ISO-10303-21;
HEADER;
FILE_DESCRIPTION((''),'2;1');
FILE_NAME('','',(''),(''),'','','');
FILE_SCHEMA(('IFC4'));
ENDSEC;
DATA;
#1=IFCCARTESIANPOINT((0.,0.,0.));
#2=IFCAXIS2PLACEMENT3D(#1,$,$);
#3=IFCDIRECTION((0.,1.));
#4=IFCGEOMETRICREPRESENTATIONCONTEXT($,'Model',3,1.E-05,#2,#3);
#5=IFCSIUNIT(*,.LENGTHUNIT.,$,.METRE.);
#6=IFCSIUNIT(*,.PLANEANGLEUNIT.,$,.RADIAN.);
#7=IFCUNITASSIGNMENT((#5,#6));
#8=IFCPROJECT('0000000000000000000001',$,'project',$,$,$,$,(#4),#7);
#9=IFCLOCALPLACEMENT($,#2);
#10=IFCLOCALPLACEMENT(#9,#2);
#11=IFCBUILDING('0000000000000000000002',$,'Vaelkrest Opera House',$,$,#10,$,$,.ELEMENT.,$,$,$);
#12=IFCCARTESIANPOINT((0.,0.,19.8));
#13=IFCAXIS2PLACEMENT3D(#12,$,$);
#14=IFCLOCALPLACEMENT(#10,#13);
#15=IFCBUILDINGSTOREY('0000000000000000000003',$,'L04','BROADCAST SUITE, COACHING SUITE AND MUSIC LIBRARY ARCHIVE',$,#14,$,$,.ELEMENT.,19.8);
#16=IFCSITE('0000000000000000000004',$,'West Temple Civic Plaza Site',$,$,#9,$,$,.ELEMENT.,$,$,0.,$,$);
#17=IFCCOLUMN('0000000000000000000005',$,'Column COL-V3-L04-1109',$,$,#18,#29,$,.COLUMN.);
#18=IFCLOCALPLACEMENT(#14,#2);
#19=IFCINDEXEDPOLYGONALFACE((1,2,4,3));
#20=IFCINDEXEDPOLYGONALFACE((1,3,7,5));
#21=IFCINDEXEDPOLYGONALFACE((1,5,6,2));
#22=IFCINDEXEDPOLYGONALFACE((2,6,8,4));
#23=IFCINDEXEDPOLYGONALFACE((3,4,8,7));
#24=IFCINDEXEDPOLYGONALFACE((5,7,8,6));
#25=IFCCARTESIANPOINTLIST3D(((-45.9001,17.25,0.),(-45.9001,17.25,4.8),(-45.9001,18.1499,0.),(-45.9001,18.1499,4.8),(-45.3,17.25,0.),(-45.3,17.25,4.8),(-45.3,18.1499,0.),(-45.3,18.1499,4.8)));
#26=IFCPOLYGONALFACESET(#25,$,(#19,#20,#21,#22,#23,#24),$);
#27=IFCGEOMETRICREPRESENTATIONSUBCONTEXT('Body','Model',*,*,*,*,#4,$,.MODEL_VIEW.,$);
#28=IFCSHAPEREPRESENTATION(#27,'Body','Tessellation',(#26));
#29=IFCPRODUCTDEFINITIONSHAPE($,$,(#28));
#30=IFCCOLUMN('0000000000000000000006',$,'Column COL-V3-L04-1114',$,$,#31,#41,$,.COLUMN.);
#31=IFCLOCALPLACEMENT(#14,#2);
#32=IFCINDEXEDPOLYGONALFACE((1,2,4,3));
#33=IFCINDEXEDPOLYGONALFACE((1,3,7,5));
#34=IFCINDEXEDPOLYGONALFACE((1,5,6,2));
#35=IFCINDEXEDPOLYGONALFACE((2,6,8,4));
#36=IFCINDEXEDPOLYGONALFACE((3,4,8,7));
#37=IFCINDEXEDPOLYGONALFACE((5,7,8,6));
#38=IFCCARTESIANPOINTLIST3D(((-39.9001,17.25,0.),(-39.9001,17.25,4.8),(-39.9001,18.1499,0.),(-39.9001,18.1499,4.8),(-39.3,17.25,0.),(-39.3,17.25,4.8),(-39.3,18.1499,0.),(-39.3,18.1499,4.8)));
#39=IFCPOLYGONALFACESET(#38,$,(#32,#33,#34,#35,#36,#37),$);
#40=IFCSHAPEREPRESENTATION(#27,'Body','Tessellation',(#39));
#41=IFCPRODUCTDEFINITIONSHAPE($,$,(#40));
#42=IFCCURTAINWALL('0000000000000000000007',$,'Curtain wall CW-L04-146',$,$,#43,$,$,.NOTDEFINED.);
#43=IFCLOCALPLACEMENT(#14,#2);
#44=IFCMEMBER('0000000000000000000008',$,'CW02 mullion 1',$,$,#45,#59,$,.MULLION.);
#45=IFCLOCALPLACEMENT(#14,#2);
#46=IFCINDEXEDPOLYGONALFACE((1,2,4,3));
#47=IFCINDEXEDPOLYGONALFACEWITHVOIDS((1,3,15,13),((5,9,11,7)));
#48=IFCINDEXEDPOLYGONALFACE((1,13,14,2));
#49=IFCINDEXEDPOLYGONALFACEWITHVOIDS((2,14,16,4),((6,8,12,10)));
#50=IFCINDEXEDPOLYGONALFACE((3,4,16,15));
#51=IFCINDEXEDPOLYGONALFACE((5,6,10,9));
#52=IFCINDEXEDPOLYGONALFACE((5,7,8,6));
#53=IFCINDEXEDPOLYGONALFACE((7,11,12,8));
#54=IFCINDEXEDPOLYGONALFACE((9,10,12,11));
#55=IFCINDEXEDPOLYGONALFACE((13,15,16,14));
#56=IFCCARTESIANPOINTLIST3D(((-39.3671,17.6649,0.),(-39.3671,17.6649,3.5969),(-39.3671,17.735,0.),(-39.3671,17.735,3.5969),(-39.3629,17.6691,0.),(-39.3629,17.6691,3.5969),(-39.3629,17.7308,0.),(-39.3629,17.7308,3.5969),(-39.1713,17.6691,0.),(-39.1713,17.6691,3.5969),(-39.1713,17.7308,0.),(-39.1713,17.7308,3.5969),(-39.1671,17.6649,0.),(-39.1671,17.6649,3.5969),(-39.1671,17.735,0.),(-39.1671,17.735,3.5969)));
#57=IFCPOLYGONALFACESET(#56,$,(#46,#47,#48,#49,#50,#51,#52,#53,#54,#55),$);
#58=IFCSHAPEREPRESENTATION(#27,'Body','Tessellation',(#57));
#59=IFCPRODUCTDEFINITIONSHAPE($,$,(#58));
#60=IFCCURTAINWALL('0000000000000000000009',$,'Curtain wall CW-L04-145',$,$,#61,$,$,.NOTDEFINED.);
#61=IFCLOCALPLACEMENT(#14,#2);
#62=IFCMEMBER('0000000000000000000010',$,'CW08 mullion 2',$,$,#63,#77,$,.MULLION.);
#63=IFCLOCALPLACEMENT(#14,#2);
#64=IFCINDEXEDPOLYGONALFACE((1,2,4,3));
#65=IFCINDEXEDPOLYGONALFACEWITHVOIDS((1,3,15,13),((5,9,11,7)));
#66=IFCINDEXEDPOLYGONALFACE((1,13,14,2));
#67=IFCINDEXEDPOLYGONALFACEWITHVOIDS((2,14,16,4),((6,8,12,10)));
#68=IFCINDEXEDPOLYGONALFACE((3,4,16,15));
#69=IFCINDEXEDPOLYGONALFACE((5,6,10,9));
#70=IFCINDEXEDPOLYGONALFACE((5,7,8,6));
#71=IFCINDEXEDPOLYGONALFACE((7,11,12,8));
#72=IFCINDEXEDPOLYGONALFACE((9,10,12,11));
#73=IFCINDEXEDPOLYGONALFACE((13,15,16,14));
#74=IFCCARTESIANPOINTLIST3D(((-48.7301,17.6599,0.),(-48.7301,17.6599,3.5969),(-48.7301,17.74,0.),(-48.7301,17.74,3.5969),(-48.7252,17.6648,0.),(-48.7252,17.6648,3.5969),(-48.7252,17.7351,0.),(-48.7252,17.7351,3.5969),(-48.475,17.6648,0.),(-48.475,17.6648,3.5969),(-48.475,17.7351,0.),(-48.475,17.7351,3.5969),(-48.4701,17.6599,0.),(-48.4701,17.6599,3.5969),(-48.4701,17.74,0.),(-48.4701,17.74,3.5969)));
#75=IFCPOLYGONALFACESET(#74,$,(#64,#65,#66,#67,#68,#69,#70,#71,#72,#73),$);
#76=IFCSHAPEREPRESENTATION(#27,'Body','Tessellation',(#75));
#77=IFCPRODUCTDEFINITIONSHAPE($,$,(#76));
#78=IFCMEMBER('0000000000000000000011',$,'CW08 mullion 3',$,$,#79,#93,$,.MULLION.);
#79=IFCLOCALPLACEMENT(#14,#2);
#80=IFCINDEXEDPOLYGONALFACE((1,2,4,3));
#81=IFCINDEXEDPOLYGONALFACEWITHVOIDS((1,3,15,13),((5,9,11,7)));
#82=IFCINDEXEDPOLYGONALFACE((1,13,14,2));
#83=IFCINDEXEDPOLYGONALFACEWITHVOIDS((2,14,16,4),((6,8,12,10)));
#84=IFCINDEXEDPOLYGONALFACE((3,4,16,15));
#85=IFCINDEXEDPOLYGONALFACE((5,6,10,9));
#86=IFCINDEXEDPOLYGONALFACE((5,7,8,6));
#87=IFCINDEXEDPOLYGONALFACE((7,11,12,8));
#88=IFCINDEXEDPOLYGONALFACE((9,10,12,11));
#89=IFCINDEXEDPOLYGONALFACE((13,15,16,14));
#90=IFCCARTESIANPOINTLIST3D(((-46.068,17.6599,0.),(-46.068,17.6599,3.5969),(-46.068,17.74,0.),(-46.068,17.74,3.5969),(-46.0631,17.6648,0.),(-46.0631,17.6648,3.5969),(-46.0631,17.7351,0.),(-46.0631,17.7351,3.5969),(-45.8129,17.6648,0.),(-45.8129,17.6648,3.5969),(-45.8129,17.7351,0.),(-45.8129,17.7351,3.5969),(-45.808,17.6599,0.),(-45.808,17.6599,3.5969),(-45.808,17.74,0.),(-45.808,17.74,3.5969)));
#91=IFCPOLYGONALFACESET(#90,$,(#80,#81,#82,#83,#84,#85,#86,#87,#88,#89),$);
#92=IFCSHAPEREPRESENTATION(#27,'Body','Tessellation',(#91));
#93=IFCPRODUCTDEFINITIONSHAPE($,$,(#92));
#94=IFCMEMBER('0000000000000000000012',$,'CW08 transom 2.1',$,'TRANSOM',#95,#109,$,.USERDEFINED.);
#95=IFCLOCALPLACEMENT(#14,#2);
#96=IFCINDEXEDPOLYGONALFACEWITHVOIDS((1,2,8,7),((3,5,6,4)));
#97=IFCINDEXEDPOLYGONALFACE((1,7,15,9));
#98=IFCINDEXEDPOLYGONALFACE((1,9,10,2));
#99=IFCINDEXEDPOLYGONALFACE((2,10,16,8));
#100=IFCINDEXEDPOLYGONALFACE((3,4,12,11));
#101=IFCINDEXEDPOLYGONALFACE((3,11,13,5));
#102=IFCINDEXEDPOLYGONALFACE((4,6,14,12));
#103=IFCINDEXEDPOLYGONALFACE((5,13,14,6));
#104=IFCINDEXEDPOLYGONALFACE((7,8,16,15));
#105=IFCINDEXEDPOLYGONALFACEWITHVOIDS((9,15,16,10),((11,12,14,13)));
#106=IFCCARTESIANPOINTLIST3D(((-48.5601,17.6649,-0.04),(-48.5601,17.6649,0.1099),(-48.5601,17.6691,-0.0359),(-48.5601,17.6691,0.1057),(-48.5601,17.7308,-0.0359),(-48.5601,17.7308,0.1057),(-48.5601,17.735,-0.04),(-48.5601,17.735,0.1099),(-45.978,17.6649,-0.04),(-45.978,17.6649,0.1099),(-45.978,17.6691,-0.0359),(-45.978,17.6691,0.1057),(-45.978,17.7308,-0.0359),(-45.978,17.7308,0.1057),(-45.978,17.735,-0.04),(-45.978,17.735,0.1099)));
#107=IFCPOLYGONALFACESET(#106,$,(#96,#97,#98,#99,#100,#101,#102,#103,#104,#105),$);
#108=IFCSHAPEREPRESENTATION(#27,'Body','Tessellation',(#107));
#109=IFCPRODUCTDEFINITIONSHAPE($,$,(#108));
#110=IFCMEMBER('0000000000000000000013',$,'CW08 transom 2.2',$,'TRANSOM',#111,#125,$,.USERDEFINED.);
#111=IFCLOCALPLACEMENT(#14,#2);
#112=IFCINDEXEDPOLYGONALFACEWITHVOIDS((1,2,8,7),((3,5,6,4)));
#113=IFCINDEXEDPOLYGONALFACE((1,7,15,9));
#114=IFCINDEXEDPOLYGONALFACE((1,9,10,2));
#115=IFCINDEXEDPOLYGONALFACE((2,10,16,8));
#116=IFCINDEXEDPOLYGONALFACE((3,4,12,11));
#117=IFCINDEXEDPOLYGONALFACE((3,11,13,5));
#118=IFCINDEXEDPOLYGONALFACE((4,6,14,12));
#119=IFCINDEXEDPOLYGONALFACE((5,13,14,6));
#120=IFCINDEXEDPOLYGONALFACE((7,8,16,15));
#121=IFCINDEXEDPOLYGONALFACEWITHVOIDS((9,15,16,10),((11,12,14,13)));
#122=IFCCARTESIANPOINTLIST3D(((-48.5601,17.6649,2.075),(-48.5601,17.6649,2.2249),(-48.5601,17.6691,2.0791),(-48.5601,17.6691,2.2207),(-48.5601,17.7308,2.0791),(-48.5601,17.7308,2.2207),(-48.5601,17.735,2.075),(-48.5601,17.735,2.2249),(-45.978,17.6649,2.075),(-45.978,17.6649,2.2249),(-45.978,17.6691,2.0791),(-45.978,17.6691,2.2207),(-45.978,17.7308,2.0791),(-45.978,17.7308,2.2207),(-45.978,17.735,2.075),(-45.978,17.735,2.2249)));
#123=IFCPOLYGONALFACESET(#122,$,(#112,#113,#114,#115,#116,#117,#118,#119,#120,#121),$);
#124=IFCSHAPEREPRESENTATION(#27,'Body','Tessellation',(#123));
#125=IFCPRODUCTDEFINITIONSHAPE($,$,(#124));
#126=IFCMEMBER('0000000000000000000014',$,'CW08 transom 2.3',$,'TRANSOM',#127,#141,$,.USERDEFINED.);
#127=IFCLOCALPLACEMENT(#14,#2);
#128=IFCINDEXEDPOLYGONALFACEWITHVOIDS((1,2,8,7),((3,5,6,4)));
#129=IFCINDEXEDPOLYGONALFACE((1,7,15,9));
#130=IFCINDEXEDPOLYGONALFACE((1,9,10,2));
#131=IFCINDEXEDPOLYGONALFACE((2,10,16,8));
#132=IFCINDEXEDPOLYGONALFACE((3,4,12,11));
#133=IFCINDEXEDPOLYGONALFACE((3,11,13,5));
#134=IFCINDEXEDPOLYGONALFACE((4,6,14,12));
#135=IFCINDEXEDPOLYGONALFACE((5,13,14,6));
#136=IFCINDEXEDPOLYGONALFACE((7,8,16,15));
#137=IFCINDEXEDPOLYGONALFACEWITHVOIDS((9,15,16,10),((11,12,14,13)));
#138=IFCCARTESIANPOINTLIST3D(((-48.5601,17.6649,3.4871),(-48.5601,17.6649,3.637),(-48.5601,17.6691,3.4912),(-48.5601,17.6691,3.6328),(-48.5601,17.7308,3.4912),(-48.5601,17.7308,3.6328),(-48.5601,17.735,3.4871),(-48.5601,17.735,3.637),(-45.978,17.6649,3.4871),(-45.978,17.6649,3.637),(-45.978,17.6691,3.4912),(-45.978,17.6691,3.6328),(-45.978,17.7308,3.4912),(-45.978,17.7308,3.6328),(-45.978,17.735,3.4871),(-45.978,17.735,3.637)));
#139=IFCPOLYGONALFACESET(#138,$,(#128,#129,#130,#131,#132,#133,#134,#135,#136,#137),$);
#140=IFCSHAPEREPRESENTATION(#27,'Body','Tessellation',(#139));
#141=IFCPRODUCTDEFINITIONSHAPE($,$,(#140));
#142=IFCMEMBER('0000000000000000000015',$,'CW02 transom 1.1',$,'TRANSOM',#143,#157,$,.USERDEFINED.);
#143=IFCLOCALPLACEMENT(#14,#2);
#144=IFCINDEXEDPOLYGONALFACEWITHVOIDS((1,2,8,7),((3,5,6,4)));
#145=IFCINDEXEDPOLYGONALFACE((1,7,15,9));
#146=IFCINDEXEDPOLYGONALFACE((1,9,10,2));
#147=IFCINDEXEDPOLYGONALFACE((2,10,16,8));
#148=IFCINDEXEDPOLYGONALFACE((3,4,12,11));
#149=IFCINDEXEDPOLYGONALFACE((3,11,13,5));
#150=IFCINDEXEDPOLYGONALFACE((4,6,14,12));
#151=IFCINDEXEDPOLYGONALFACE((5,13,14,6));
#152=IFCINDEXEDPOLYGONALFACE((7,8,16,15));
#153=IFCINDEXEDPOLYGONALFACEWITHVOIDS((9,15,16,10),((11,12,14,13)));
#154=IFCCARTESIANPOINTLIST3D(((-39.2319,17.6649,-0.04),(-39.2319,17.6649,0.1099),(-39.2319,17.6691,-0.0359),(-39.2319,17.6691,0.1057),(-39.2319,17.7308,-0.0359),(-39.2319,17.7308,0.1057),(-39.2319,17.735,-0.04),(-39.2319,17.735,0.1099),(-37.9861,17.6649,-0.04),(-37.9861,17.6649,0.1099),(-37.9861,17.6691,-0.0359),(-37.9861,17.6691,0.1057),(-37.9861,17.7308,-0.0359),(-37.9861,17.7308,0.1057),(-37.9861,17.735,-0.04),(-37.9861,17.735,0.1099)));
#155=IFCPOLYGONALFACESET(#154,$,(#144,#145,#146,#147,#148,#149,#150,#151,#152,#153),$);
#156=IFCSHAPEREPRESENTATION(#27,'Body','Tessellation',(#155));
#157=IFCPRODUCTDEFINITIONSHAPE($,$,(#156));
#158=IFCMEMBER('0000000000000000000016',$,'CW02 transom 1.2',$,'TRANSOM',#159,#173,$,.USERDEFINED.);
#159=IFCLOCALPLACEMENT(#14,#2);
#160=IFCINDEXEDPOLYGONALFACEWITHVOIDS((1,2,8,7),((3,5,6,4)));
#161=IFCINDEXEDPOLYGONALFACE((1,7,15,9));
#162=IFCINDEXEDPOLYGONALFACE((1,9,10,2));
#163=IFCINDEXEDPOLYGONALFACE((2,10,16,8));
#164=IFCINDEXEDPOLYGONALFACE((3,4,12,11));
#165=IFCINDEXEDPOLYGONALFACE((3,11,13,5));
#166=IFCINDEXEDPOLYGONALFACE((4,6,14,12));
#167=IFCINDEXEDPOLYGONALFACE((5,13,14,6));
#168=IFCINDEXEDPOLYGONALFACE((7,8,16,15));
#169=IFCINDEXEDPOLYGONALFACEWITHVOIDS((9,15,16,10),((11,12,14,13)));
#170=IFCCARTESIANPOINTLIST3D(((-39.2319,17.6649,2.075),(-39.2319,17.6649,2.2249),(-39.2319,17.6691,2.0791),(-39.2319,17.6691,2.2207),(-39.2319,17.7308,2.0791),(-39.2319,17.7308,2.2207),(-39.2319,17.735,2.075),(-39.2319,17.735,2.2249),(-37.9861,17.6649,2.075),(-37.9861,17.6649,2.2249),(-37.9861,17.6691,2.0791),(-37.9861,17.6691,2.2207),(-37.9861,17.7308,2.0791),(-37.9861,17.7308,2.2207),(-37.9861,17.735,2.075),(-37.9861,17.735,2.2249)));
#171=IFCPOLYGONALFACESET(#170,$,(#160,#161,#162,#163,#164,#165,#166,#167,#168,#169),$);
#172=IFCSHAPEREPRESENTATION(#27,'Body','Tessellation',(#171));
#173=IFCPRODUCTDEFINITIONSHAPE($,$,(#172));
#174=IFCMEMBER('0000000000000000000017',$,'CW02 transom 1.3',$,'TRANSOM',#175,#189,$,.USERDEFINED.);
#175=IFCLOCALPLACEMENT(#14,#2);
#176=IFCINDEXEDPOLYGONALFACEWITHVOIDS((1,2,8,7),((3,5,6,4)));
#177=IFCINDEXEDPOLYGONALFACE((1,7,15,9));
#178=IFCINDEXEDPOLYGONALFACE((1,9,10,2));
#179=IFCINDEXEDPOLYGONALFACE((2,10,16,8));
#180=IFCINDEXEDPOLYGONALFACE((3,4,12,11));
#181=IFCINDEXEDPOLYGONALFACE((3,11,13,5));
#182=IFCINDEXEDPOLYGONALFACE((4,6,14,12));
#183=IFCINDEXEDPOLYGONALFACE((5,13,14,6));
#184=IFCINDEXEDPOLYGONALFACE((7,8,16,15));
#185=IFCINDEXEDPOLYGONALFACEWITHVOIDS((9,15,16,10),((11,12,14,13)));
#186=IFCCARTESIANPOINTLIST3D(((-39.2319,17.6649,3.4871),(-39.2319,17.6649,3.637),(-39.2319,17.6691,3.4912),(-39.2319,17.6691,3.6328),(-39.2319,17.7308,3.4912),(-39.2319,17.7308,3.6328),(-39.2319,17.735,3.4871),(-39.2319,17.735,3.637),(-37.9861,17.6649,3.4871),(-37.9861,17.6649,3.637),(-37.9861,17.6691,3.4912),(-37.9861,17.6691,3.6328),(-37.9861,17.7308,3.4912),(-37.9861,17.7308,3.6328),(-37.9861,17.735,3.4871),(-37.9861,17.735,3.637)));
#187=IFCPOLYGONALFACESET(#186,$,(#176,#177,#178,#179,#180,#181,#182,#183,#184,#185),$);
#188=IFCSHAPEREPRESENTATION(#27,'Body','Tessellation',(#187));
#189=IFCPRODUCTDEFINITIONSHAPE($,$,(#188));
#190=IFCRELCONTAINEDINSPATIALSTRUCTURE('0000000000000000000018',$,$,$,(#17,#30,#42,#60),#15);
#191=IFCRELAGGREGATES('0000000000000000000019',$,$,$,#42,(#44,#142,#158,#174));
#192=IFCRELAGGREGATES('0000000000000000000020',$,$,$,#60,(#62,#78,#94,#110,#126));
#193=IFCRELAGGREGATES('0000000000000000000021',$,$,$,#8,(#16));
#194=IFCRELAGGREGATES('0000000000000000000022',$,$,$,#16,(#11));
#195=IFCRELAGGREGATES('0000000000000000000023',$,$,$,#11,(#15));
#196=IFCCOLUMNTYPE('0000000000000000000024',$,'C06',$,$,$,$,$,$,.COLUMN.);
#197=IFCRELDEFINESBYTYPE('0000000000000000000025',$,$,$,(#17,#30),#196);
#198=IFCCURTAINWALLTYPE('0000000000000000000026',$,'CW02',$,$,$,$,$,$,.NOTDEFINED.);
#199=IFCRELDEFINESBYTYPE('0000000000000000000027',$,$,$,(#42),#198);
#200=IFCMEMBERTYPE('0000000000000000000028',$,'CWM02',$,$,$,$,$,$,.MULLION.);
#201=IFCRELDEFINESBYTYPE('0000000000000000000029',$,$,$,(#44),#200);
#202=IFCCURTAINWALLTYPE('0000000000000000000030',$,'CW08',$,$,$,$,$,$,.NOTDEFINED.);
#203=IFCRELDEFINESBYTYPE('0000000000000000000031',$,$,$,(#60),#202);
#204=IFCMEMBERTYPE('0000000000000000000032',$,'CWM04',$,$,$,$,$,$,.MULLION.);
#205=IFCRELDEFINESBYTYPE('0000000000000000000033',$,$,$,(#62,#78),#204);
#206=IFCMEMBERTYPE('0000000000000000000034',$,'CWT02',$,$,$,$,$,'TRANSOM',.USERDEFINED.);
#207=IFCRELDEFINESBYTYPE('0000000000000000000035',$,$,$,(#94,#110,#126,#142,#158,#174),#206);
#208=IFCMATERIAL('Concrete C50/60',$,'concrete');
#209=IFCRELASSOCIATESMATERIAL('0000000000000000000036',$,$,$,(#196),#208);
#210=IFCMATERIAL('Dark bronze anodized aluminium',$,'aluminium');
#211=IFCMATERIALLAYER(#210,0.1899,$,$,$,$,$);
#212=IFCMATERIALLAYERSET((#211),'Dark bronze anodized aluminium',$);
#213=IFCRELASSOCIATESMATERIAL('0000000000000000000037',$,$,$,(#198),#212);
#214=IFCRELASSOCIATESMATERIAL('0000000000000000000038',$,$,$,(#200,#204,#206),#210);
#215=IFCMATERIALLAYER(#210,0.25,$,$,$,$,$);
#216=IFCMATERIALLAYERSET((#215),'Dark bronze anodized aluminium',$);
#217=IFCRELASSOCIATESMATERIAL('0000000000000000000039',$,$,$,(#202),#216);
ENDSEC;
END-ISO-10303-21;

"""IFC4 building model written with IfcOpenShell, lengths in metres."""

from ifc_helpers import new_model, si_unit, direction, frame, origin, origin_2d, place, context, subcontext, project, spatial, rectangle, hollow_rectangle, extrude, material, layer, layer_set, material_profile, profile_set, type_object, element, aggregate, save


model = new_model("IFC4")

# Units and contexts
model_context = context("Model", 3, precision=1e-05, world=origin(), true_north=direction((0.0, 1.0)))
body_context = subcontext(model_context, "Body", "Model", "MODEL_VIEW")
ifc_project = project(units=[si_unit("LENGTHUNIT", "METRE"), si_unit("PLANEANGLEUNIT", "RADIAN")], contexts=[model_context])

# Site, building, storey
site_placement = place(None, origin())
site = spatial("IfcSite", under=ifc_project, at=site_placement, Name="West Temple Civic Plaza Site", CompositionType="ELEMENT", RefElevation=0.0)
building_placement = place(site_placement, origin())
building = spatial("IfcBuilding", under=site, at=building_placement, Name="Vaelkrest Opera House", CompositionType="ELEMENT")
storey_placement = place(building_placement, frame((0.0, 0.0, 19.8)))
storey = spatial("IfcBuildingStorey", under=building, at=storey_placement, Name="L04", Description="BROADCAST SUITE, COACHING SUITE AND MUSIC LIBRARY ARCHIVE", CompositionType="ELEMENT", Elevation=19.8)

# Columns
ifc_material_1 = material(Name="Concrete C50/60", Category="concrete")
ifc_material_profile_1 = material_profile(ifc_material_1, rectangle(XDim=0.6001, YDim=0.8999, at=origin_2d()), Name="RC600X900")
ifc_profile_set_1 = profile_set([ifc_material_profile_1], Name="Concrete C50/60")
column_type = type_object("IfcColumnType", Name="C06", PredefinedType="COLUMN", material=ifc_profile_set_1)
for number, where, z_axis, x_axis, name in (
    (1, (-45.6001, 17.7, 0.0), (0.0, 0.0, 1.0), (1.0, 0.0, 0.0), "Column COL-V3-L04-1109"),
    (2, (-39.6001, 17.7, 0.0), (0.0, 0.0, 1.0), (1.0, 0.0, 0.0), "Column COL-V3-L04-1114"),
):
    element("IfcColumn", number, at=place(storey_placement, frame(where, z_axis=z_axis, x_axis=x_axis)), inside=storey, type_object=column_type, Name=name, PredefinedType="COLUMN", context=body_context, shape_type="SweptSolid", body=[
        extrude(rectangle(XDim=0.6001, YDim=0.8999, at=origin_2d()), origin(), (0.0, 0.0, 1.0), 4.8),
    ])

# Curtain wall, member
ifc_material_2 = material(Name="Dark bronze anodized aluminium", Category="aluminium")
ifc_layer_1 = layer(ifc_material_2, 0.1899)
ifc_layer_set_1 = layer_set([ifc_layer_1], Name="Dark bronze anodized aluminium")
curtain_wall_type_1 = type_object("IfcCurtainWallType", Name="CW02", PredefinedType="NOTDEFINED", material=ifc_layer_set_1)
curtain_wall_1_placement = place(storey_placement, origin())
curtain_wall_1 = element("IfcCurtainWall", 3, at=curtain_wall_1_placement, inside=storey, type_object=curtain_wall_type_1, Name="Curtain wall CW-L04-146", PredefinedType="NOTDEFINED")
ifc_material_profile_2 = material_profile(ifc_material_2, hollow_rectangle(XDim=0.0701, YDim=0.2, WallThickness=0.0042, at=origin_2d()), Name="CWM70X200")
ifc_profile_set_2 = profile_set([ifc_material_profile_2], Name="Dark bronze anodized aluminium")
member_type_1 = type_object("IfcMemberType", Name="CWM02", PredefinedType="MULLION", material=ifc_profile_set_2)
member_1_placement = place(storey_placement, frame((-39.2671, 17.7, 0.0), z_axis=(0.0, 0.0, 1.0), x_axis=(0.0, 1.0, 0.0)))
member_1 = element("IfcMember", 4, at=member_1_placement, type_object=member_type_1, Name="CW02 mullion 1", PredefinedType="MULLION", context=body_context, shape_type="SweptSolid", body=[
    extrude(hollow_rectangle(XDim=0.0701, YDim=0.2, WallThickness=0.0042, at=origin_2d()), origin(), (0.0, 0.0, 1.0), 3.5969),
])

# Curtain wall, members
ifc_layer_2 = layer(ifc_material_2, 0.25)
ifc_layer_set_2 = layer_set([ifc_layer_2], Name="Dark bronze anodized aluminium")
curtain_wall_type_2 = type_object("IfcCurtainWallType", Name="CW08", PredefinedType="NOTDEFINED", material=ifc_layer_set_2)
curtain_wall_2_placement = place(storey_placement, origin())
curtain_wall_2 = element("IfcCurtainWall", 5, at=curtain_wall_2_placement, inside=storey, type_object=curtain_wall_type_2, Name="Curtain wall CW-L04-145", PredefinedType="NOTDEFINED")
ifc_material_profile_3 = material_profile(ifc_material_2, hollow_rectangle(XDim=0.0801, YDim=0.26, WallThickness=0.0049, at=origin_2d()), Name="CWM80X260")
ifc_profile_set_3 = profile_set([ifc_material_profile_3], Name="Dark bronze anodized aluminium")
member_type_2 = type_object("IfcMemberType", Name="CWM04", PredefinedType="MULLION", material=ifc_profile_set_3)
member_2_placement = place(storey_placement, frame((-48.6001, 17.7, 0.0), z_axis=(0.0, 0.0, 1.0), x_axis=(0.0, 1.0, 0.0)))
member_2 = element("IfcMember", 6, at=member_2_placement, type_object=member_type_2, Name="CW08 mullion 2", PredefinedType="MULLION", context=body_context, shape_type="SweptSolid", body=[
    extrude(hollow_rectangle(XDim=0.0801, YDim=0.26, WallThickness=0.0049, at=origin_2d()), origin(), (0.0, 0.0, 1.0), 3.5969),
])
member_3_placement = place(storey_placement, frame((-45.938, 17.7, 0.0), z_axis=(0.0, 0.0, 1.0), x_axis=(0.0, 1.0, 0.0)))
member_3 = element("IfcMember", 7, at=member_3_placement, type_object=member_type_2, Name="CW08 mullion 3", PredefinedType="MULLION", context=body_context, shape_type="SweptSolid", body=[
    extrude(hollow_rectangle(XDim=0.0801, YDim=0.26, WallThickness=0.0049, at=origin_2d()), origin(), (0.0, 0.0, 1.0), 3.5969),
])
ifc_material_profile_4 = material_profile(ifc_material_2, hollow_rectangle(XDim=0.0701, YDim=0.1499, WallThickness=0.0042, at=origin_2d()), Name="CWT70X150")
ifc_profile_set_4 = profile_set([ifc_material_profile_4], Name="Dark bronze anodized aluminium")
member_type_3 = type_object("IfcMemberType", Name="CWT02", ElementType="TRANSOM", PredefinedType="USERDEFINED", material=ifc_profile_set_4)
member_4_placement = place(storey_placement, frame((-48.5601, 17.7, 0.0349), z_axis=(1.0, 0.0, 0.0), x_axis=(0.0, 1.0, 0.0)))
member_4 = element("IfcMember", 8, at=member_4_placement, type_object=member_type_3, Name="CW08 transom 2.1", ObjectType="TRANSOM", PredefinedType="USERDEFINED", context=body_context, shape_type="SweptSolid", body=[
    extrude(hollow_rectangle(XDim=0.0701, YDim=0.1499, WallThickness=0.0042, at=origin_2d()), origin(), (0.0, 0.0, 1.0), 2.582),
])
member_5_placement = place(storey_placement, frame((-48.5601, 17.7, 2.1499), z_axis=(1.0, 0.0, 0.0), x_axis=(0.0, 1.0, 0.0)))
member_5 = element("IfcMember", 9, at=member_5_placement, type_object=member_type_3, Name="CW08 transom 2.2", ObjectType="TRANSOM", PredefinedType="USERDEFINED", context=body_context, shape_type="SweptSolid", body=[
    extrude(hollow_rectangle(XDim=0.0701, YDim=0.1499, WallThickness=0.0042, at=origin_2d()), origin(), (0.0, 0.0, 1.0), 2.582),
])
member_6_placement = place(storey_placement, frame((-48.5601, 17.7, 3.562), z_axis=(1.0, 0.0, 0.0), x_axis=(0.0, 1.0, 0.0)))
member_6 = element("IfcMember", 10, at=member_6_placement, type_object=member_type_3, Name="CW08 transom 2.3", ObjectType="TRANSOM", PredefinedType="USERDEFINED", context=body_context, shape_type="SweptSolid", body=[
    extrude(hollow_rectangle(XDim=0.0701, YDim=0.1499, WallThickness=0.0042, at=origin_2d()), origin(), (0.0, 0.0, 1.0), 2.582),
])

# Members
member_7_placement = place(storey_placement, frame((-39.2319, 17.7, 0.0349), z_axis=(1.0, 0.0, 0.0), x_axis=(0.0, 1.0, 0.0)))
member_7 = element("IfcMember", 11, at=member_7_placement, type_object=member_type_3, Name="CW02 transom 1.1", ObjectType="TRANSOM", PredefinedType="USERDEFINED", context=body_context, shape_type="SweptSolid", body=[
    extrude(hollow_rectangle(XDim=0.0701, YDim=0.1499, WallThickness=0.0042, at=origin_2d()), origin(), (0.0, 0.0, 1.0), 1.2458),
])
member_8_placement = place(storey_placement, frame((-39.2319, 17.7, 2.1499), z_axis=(1.0, 0.0, 0.0), x_axis=(0.0, 1.0, 0.0)))
member_8 = element("IfcMember", 12, at=member_8_placement, type_object=member_type_3, Name="CW02 transom 1.2", ObjectType="TRANSOM", PredefinedType="USERDEFINED", context=body_context, shape_type="SweptSolid", body=[
    extrude(hollow_rectangle(XDim=0.0701, YDim=0.1499, WallThickness=0.0042, at=origin_2d()), origin(), (0.0, 0.0, 1.0), 1.2458),
])
member_9_placement = place(storey_placement, frame((-39.2319, 17.7, 3.562), z_axis=(1.0, 0.0, 0.0), x_axis=(0.0, 1.0, 0.0)))
member_9 = element("IfcMember", 13, at=member_9_placement, type_object=member_type_3, Name="CW02 transom 1.3", ObjectType="TRANSOM", PredefinedType="USERDEFINED", context=body_context, shape_type="SweptSolid", body=[
    extrude(hollow_rectangle(XDim=0.0701, YDim=0.1499, WallThickness=0.0042, at=origin_2d()), origin(), (0.0, 0.0, 1.0), 1.2458),
])

aggregate(curtain_wall_1, [member_1, member_7, member_8, member_9])
aggregate(curtain_wall_2, [member_2, member_3, member_4, member_5, member_6])

save(model, "model.ifc")
